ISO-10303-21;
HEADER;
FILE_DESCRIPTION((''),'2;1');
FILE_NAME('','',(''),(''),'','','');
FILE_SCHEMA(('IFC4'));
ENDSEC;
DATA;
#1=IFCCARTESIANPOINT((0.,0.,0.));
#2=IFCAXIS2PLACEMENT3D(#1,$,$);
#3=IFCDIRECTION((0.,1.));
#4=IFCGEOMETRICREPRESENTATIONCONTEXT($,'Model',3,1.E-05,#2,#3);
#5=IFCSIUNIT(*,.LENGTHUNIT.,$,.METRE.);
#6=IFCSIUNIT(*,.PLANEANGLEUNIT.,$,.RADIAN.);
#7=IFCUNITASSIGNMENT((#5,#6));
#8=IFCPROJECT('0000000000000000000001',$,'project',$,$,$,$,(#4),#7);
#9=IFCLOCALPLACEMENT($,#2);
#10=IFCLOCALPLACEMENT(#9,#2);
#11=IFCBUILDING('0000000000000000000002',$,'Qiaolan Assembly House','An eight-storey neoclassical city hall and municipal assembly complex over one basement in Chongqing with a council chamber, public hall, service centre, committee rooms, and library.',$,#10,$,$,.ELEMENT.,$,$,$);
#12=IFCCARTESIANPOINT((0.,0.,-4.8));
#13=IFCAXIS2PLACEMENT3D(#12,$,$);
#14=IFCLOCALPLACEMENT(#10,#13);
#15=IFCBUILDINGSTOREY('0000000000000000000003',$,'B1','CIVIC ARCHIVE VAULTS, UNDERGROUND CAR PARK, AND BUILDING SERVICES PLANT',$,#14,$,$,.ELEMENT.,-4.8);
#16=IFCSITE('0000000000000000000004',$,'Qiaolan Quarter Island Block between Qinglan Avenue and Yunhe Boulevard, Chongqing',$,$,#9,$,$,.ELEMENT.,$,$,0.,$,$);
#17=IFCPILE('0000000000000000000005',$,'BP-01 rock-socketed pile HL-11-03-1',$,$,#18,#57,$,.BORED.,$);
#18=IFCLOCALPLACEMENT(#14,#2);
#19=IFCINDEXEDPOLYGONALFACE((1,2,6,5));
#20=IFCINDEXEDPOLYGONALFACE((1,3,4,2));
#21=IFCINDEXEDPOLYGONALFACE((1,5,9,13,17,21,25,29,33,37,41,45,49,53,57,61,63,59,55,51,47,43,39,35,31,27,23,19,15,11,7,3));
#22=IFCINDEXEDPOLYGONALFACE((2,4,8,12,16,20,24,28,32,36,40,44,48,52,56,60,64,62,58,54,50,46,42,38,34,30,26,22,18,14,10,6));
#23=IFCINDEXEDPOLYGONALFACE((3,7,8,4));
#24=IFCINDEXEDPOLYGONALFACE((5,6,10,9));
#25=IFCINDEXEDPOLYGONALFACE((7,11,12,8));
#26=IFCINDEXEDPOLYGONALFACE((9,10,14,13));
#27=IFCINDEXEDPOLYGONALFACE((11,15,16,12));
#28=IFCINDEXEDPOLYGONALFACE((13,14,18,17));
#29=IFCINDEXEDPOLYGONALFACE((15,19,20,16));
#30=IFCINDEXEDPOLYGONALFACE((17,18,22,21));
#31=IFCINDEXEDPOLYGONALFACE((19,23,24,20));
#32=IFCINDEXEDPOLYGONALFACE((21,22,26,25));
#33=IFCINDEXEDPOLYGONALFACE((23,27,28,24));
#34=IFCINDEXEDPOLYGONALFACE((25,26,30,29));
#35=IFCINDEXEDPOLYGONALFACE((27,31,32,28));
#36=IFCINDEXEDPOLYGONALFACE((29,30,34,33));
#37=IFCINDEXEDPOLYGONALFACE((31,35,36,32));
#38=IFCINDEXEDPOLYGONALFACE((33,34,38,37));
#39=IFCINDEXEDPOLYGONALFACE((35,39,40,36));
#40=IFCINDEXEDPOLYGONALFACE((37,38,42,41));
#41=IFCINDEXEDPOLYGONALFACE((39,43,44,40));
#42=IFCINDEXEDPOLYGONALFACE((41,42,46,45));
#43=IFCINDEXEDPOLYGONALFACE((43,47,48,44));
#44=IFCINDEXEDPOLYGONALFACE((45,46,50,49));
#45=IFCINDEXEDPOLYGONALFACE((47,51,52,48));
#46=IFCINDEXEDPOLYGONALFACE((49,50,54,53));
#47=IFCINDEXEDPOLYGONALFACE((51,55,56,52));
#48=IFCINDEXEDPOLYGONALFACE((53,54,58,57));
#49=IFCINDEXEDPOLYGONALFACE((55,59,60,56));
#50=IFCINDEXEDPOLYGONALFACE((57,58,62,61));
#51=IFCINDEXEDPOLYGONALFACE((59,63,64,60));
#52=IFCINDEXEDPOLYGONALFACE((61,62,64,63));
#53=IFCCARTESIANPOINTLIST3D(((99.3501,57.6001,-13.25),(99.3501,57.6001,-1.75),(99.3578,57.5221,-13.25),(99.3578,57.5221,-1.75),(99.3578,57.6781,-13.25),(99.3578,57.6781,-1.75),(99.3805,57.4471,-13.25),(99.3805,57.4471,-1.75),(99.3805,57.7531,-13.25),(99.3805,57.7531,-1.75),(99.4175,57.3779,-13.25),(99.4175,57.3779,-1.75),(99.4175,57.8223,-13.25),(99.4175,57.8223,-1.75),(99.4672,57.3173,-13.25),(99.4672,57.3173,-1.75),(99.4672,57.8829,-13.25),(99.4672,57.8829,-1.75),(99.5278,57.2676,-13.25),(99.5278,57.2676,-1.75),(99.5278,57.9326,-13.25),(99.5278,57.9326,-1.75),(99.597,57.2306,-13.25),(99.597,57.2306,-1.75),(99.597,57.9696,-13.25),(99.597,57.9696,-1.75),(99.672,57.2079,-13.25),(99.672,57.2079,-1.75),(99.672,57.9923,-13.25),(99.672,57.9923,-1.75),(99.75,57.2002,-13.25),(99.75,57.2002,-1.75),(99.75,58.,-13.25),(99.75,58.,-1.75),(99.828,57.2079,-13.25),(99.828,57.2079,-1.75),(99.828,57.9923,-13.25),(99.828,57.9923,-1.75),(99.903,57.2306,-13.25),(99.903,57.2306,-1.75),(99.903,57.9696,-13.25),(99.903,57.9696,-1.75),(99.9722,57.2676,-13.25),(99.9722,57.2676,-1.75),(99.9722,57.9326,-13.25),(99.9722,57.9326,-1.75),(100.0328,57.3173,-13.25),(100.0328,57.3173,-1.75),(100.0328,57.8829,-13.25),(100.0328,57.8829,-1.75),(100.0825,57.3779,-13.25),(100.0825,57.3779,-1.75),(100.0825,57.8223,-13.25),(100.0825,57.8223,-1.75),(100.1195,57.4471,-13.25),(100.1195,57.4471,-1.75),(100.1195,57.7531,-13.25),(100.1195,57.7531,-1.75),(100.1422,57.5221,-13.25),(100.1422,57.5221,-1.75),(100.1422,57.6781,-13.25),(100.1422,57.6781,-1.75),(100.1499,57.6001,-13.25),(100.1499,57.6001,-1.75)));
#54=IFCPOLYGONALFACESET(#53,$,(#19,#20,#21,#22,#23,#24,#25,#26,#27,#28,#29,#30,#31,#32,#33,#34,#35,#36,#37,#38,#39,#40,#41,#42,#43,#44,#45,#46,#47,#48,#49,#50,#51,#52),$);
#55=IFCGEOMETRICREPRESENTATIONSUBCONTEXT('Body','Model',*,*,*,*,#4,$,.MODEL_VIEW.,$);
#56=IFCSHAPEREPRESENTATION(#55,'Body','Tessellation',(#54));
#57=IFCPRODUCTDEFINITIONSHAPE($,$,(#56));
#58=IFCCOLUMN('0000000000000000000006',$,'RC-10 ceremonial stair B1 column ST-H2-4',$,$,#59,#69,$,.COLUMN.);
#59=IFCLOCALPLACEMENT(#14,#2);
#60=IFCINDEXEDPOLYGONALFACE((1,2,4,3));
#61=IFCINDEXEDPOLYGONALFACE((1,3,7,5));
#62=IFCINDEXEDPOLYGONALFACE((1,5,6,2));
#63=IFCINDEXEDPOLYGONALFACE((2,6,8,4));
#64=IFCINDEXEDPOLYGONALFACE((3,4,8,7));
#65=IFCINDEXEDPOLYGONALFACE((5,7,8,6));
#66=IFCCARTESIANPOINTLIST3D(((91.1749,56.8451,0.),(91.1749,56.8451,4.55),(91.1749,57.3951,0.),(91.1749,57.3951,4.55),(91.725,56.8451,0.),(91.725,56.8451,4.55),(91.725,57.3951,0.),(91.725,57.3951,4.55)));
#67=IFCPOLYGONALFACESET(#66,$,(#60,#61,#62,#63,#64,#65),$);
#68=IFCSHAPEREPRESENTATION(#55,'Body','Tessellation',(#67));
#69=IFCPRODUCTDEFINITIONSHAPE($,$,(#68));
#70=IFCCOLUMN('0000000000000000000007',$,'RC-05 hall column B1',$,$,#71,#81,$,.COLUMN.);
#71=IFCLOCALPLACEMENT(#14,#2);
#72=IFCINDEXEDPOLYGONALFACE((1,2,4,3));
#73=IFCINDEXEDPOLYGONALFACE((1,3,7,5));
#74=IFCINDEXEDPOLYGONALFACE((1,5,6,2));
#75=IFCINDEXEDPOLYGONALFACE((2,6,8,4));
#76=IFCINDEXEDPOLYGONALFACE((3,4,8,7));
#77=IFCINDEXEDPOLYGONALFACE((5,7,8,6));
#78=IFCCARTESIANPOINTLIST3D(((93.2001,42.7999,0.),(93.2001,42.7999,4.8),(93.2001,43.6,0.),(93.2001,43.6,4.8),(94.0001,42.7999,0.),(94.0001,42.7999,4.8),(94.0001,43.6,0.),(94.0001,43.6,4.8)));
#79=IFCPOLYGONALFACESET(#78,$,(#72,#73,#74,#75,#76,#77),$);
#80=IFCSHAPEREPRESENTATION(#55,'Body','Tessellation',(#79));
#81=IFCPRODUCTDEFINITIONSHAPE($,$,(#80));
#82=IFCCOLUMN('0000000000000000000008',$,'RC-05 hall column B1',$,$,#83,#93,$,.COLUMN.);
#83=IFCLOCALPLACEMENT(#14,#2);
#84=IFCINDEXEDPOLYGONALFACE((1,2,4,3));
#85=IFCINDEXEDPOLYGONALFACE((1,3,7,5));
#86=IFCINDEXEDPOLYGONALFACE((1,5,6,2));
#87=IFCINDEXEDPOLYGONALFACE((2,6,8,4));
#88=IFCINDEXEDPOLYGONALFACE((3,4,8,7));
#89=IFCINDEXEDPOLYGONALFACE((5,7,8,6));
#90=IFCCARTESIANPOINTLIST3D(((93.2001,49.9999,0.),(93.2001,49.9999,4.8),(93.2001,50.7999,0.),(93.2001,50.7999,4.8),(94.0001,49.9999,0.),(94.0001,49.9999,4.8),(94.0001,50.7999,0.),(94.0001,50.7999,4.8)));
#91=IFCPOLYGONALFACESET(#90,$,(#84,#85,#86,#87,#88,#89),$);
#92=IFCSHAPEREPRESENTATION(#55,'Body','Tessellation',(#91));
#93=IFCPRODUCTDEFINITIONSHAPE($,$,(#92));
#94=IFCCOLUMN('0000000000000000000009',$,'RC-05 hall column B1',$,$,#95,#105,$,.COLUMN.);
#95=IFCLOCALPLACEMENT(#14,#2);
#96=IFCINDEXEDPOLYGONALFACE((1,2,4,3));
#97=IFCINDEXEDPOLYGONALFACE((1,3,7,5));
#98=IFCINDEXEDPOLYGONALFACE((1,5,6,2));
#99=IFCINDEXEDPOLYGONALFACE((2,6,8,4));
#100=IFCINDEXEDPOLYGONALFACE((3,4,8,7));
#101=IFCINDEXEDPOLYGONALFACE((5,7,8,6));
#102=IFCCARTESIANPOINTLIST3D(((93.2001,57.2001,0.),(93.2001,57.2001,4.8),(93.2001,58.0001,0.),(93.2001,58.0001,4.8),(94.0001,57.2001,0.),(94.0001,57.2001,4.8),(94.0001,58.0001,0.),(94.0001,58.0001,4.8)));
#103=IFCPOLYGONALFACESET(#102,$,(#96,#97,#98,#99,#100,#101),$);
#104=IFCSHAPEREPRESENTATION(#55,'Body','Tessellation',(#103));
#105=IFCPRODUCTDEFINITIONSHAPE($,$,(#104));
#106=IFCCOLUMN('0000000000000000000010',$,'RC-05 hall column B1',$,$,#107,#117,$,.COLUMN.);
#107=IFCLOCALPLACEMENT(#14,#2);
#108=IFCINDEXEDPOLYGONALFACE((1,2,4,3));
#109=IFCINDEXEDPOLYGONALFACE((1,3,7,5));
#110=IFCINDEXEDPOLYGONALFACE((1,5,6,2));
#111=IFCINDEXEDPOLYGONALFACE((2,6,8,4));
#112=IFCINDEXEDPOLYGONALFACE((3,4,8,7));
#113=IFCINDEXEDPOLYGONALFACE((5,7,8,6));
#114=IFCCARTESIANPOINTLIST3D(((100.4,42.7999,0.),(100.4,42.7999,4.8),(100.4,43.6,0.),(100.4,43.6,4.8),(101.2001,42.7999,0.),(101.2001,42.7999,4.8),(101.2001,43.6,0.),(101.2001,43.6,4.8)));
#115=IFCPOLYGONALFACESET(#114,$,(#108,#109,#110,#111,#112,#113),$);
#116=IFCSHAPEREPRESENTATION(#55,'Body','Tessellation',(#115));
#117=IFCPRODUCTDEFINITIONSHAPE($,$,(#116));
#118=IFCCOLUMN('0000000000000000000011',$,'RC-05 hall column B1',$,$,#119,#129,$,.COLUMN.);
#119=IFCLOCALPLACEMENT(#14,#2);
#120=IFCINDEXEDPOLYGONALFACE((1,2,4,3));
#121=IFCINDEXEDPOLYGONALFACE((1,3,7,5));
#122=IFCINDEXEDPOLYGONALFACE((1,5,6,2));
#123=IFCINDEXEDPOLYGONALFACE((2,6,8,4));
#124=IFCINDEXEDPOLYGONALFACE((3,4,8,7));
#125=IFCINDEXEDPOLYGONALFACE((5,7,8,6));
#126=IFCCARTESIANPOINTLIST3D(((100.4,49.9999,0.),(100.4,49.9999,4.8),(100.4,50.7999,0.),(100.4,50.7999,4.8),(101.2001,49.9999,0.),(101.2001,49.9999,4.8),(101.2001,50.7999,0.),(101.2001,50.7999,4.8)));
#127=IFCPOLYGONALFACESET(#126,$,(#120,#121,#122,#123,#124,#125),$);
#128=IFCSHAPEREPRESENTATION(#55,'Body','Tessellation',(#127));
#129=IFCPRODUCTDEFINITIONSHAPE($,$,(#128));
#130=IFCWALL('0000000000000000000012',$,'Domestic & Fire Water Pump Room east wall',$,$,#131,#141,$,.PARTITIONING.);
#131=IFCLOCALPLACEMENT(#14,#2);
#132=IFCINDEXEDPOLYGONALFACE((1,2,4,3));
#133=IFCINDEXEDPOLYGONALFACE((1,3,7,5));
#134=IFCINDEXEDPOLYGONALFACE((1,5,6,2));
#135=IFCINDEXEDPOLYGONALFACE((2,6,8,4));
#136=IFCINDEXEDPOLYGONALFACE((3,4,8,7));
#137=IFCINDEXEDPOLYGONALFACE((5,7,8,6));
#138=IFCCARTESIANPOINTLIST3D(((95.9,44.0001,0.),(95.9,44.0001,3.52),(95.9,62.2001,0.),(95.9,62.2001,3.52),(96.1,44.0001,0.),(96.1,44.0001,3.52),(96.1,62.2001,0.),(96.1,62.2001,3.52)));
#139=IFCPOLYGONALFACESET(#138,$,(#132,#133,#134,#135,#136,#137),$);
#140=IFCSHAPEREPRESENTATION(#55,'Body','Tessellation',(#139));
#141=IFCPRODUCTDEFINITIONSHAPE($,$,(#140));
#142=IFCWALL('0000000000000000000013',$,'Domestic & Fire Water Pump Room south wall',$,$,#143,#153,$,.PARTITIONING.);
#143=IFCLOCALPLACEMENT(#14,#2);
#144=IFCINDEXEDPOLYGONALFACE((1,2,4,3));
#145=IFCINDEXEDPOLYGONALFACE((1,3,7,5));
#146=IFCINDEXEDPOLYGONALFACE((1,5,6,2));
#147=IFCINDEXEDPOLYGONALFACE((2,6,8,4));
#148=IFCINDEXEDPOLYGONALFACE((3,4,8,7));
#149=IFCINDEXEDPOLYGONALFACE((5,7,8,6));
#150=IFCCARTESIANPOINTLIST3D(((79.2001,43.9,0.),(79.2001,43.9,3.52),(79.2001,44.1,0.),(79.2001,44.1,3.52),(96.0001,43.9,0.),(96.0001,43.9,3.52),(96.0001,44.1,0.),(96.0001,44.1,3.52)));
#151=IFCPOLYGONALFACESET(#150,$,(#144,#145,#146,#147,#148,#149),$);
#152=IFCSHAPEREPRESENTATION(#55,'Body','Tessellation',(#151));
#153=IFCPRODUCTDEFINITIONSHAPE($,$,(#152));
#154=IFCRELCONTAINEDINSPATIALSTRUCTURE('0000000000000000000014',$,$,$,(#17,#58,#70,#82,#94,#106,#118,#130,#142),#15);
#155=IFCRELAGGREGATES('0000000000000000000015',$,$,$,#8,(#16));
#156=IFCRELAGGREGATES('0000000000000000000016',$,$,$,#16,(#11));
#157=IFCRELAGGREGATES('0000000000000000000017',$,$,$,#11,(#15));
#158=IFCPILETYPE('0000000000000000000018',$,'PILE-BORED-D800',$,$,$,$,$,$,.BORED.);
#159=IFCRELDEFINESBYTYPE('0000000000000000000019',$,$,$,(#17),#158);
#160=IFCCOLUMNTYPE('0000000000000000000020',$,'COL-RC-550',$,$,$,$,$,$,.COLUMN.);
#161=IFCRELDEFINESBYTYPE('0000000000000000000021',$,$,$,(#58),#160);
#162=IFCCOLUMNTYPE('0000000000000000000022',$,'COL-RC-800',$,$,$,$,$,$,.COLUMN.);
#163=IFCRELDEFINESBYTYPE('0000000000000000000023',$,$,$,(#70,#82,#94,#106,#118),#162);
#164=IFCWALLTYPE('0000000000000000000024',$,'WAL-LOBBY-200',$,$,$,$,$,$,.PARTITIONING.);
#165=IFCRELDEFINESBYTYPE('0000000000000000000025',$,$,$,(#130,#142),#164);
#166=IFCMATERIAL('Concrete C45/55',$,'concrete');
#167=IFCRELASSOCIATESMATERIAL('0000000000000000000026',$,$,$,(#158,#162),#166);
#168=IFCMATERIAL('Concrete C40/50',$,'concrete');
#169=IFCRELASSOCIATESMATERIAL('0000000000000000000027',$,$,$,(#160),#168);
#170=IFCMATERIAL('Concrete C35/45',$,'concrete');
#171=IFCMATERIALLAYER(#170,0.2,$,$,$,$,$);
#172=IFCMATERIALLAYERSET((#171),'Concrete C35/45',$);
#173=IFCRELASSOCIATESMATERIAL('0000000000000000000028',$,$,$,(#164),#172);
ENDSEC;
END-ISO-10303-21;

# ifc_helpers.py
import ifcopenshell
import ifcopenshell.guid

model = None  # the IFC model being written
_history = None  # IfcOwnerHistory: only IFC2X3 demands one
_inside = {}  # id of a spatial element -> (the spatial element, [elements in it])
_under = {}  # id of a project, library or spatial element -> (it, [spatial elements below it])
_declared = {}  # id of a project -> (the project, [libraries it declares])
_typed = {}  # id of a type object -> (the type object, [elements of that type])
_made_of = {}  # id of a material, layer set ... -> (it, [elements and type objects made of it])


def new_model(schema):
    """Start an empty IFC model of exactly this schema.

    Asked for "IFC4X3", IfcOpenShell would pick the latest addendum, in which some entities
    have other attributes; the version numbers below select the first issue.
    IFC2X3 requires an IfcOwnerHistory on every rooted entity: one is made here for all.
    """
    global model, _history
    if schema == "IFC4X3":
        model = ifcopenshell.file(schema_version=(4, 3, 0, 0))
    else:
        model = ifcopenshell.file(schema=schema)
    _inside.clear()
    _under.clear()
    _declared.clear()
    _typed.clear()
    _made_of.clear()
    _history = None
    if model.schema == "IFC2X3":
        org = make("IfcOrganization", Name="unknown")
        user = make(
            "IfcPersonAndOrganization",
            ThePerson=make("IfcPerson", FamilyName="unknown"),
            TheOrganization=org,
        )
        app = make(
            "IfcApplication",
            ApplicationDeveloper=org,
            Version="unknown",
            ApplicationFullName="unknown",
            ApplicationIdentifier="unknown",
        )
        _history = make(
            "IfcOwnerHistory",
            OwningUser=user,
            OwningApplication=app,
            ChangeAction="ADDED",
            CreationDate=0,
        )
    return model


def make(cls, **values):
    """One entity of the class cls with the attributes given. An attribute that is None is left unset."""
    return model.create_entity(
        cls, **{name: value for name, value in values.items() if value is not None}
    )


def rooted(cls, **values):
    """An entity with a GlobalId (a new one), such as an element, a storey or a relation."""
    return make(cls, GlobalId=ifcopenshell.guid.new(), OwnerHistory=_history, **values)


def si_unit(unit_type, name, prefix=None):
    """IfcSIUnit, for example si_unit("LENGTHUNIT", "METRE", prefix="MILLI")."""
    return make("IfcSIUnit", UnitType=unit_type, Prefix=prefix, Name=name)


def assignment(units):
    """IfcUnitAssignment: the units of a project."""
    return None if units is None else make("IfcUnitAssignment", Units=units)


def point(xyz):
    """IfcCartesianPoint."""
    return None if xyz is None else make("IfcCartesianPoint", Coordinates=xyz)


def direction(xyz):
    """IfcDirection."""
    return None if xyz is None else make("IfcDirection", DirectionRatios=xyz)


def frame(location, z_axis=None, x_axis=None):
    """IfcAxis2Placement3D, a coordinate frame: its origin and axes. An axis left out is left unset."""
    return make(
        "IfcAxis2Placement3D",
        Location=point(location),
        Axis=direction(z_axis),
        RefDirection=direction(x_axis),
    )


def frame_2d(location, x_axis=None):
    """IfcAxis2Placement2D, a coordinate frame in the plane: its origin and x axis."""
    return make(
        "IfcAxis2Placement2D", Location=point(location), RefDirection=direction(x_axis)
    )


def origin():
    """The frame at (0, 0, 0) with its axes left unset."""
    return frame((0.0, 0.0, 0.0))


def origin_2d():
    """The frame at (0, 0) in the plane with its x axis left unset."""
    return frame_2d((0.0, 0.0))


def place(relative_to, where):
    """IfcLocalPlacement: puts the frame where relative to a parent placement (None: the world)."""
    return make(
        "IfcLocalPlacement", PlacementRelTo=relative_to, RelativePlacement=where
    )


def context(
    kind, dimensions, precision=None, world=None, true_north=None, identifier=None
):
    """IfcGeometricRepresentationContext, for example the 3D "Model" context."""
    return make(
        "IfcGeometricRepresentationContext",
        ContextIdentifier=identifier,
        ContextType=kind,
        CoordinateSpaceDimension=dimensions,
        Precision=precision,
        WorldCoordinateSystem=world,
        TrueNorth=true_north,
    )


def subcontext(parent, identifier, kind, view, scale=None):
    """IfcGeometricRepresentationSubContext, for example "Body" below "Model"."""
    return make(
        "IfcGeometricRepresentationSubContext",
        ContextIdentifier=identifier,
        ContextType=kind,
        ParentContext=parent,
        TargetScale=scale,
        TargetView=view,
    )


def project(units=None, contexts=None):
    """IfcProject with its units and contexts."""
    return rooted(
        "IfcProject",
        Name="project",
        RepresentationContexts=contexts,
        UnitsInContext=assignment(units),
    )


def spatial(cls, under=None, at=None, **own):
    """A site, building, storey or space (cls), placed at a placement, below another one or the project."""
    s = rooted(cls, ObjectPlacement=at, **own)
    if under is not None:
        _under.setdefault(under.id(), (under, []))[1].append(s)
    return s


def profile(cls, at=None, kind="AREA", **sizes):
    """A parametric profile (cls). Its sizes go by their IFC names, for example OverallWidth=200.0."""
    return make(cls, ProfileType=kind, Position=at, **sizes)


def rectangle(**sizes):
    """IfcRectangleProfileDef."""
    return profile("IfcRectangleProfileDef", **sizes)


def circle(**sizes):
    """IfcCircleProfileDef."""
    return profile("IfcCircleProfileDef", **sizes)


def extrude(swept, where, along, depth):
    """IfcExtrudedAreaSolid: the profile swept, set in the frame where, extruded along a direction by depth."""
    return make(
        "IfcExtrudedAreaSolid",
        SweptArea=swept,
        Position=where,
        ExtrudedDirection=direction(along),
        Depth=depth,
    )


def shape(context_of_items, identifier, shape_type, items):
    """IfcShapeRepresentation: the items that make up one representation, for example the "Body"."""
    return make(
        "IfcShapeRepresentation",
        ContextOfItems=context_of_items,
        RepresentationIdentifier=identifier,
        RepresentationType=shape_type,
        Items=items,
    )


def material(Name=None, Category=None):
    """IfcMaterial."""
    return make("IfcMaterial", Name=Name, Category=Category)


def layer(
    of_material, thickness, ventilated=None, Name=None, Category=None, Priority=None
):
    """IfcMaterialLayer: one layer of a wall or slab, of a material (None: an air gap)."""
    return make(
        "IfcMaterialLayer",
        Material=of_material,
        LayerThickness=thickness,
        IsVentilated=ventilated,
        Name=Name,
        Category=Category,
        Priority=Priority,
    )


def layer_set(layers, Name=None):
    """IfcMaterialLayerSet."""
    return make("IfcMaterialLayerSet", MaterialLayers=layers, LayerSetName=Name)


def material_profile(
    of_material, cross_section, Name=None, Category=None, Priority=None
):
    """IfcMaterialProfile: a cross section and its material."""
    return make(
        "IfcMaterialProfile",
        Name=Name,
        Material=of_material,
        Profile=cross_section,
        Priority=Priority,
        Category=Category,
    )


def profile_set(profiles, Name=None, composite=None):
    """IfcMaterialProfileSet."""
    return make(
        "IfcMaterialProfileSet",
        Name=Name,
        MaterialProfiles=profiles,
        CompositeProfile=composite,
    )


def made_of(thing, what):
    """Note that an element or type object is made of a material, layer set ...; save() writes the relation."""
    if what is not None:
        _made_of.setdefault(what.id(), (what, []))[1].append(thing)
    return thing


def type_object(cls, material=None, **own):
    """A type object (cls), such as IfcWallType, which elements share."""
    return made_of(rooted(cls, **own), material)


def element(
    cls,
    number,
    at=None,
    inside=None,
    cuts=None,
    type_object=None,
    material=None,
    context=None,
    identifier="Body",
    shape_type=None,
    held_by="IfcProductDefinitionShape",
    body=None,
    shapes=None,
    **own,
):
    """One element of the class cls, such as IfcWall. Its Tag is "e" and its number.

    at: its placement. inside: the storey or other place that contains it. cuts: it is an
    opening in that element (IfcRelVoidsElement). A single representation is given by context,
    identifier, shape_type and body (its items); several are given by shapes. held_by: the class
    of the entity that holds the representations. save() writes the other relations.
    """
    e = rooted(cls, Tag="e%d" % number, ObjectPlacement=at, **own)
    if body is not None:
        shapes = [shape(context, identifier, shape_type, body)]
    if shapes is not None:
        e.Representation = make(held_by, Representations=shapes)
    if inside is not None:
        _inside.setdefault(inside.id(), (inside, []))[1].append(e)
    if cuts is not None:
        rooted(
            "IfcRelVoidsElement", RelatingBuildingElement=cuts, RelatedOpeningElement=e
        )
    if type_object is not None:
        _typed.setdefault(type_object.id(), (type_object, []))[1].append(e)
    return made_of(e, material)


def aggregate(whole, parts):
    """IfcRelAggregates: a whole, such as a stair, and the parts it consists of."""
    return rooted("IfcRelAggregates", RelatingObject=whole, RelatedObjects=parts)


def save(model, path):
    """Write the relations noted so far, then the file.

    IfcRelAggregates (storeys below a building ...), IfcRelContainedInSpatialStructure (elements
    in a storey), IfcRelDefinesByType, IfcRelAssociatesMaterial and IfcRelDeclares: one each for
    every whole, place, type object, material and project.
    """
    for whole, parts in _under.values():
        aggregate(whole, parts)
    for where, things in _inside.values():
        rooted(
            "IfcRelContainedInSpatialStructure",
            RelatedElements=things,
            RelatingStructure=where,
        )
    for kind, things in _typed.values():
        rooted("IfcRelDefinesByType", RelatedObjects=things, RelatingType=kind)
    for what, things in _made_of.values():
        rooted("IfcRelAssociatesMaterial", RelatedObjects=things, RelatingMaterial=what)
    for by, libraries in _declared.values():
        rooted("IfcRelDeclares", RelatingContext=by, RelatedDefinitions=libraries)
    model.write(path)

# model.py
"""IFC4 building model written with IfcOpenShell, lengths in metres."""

from ifc_helpers import new_model, si_unit, direction, frame, frame_2d, origin, origin_2d, place, context, subcontext, project, spatial, rectangle, circle, extrude, material, layer, layer_set, material_profile, profile_set, type_object, element, save


model = new_model("IFC4")

# Units and contexts
model_context = context("Model", 3, precision=1e-05, world=origin(), true_north=direction((0.0, 1.0)))
body_context = subcontext(model_context, "Body", "Model", "MODEL_VIEW")
ifc_project = project(units=[si_unit("LENGTHUNIT", "METRE"), si_unit("PLANEANGLEUNIT", "RADIAN")], contexts=[model_context])

# Site, building, storey
site_placement = place(None, origin())
site = spatial("IfcSite", under=ifc_project, at=site_placement, Name="Qiaolan Quarter Island Block between Qinglan Avenue and Yunhe Boulevard, Chongqing", CompositionType="ELEMENT", RefElevation=0.0)
building_placement = place(site_placement, origin())
building = spatial("IfcBuilding", under=site, at=building_placement, Name="Qiaolan Assembly House", Description="An eight-storey neoclassical city hall and municipal assembly complex over one basement in Chongqing with a council chamber, public hall, service centre, committee rooms, and library.", CompositionType="ELEMENT")
storey_placement = place(building_placement, frame((0.0, 0.0, -4.8)))
storey = spatial("IfcBuildingStorey", under=building, at=storey_placement, Name="B1", Description="CIVIC ARCHIVE VAULTS, UNDERGROUND CAR PARK, AND BUILDING SERVICES PLANT", CompositionType="ELEMENT", Elevation=-4.8)

# Shared definitions
ifc_material_1 = material(Name="Concrete C40/50", Category="concrete")

# Pile
ifc_material_2 = material(Name="Concrete C45/55", Category="concrete")
ifc_material_profile_1 = material_profile(ifc_material_2, circle(Radius=0.3999, at=origin_2d()), Name="PILE D800")
ifc_profile_set_1 = profile_set([ifc_material_profile_1], Name="Concrete C45/55")
pile_type = type_object("IfcPileType", Name="PILE-BORED-D800", PredefinedType="BORED", material=ifc_profile_set_1)
for number, where, z_axis, x_axis, name in (
    (1, (99.75, 57.6001, -1.75), (0.0, 0.0, -1.0), (1.0, 0.0, 0.0), "BP-01 rock-socketed pile HL-11-03-1"),
):
    element("IfcPile", number, at=place(storey_placement, frame(where, z_axis=z_axis, x_axis=x_axis)), inside=storey, type_object=pile_type, Name=name, PredefinedType="BORED", context=body_context, shape_type="SweptSolid", body=[
        extrude(circle(Radius=0.3999, at=origin_2d()), origin(), (0.0, 0.0, 1.0), 11.5),
    ])

# Columns
ifc_material_profile_2 = material_profile(ifc_material_1, rectangle(XDim=0.55, YDim=0.55, at=origin_2d()), Name="RC 550x550")
ifc_profile_set_2 = profile_set([ifc_material_profile_2], Name="Concrete C40/50")
column_type_1 = type_object("IfcColumnType", Name="COL-RC-550", PredefinedType="COLUMN", material=ifc_profile_set_2)
column_placement = place(storey_placement, frame((91.45, 57.1201, 0.0), z_axis=(0.0, 0.0, 1.0), x_axis=(1.0, 0.0, 0.0)))
element("IfcColumn", 2, at=column_placement, inside=storey, type_object=column_type_1, Name="RC-10 ceremonial stair B1 column ST-H2-4", PredefinedType="COLUMN", context=body_context, shape_type="SweptSolid", body=[
    extrude(rectangle(XDim=0.55, YDim=0.55, at=origin_2d()), origin(), (0.0, 0.0, 1.0), 4.55),
])
ifc_material_profile_3 = material_profile(ifc_material_2, rectangle(XDim=0.8, YDim=0.8, at=origin_2d()), Name="RC 800x800")
ifc_profile_set_3 = profile_set([ifc_material_profile_3], Name="Concrete C45/55")
column_type_2 = type_object("IfcColumnType", Name="COL-RC-800", PredefinedType="COLUMN", material=ifc_profile_set_3)
for number, where, z_axis, x_axis, name in (
    (3, (93.6001, 43.2, 0.0), (0.0, 0.0, 1.0), (1.0, 0.0, 0.0), "RC-05 hall column B1"),
    (4, (93.6001, 50.3999, 0.0), (0.0, 0.0, 1.0), (1.0, 0.0, 0.0), "RC-05 hall column B1"),
    (5, (93.6001, 57.6001, 0.0), (0.0, 0.0, 1.0), (1.0, 0.0, 0.0), "RC-05 hall column B1"),
    (6, (100.8, 43.2, 0.0), (0.0, 0.0, 1.0), (1.0, 0.0, 0.0), "RC-05 hall column B1"),
    (7, (100.8, 50.3999, 0.0), (0.0, 0.0, 1.0), (1.0, 0.0, 0.0), "RC-05 hall column B1"),
):
    element("IfcColumn", number, at=place(storey_placement, frame(where, z_axis=z_axis, x_axis=x_axis)), inside=storey, type_object=column_type_2, Name=name, PredefinedType="COLUMN", context=body_context, shape_type="SweptSolid", body=[
        extrude(rectangle(XDim=0.8, YDim=0.8, at=origin_2d()), origin(), (0.0, 0.0, 1.0), 4.8),
    ])

# Walls
ifc_material_3 = material(Name="Concrete C35/45", Category="concrete")
ifc_layer = layer(ifc_material_3, 0.2)
ifc_layer_set = layer_set([ifc_layer], Name="Concrete C35/45")
wall_type = type_object("IfcWallType", Name="WAL-LOBBY-200", PredefinedType="PARTITIONING", material=ifc_layer_set)
wall_1_placement = place(storey_placement, frame((96.0, 44.0, 0.0), z_axis=(0.0, 0.0, 1.0), x_axis=(0.0, 1.0, 0.0)))
element("IfcWall", 8, at=wall_1_placement, inside=storey, type_object=wall_type, Name="Domestic & Fire Water Pump Room east wall", PredefinedType="PARTITIONING", context=body_context, shape_type="SweptSolid", body=[
    extrude(rectangle(XDim=18.2, YDim=0.2, at=frame_2d((9.1001, 0.0))), origin(), (0.0, 0.0, 1.0), 3.52),
])
wall_2_placement = place(storey_placement, frame((96.0, 44.0, 0.0), z_axis=(0.0, 0.0, 1.0), x_axis=(-1.0, 0.0, 0.0)))
element("IfcWall", 9, at=wall_2_placement, inside=storey, type_object=wall_type, Name="Domestic & Fire Water Pump Room south wall", PredefinedType="PARTITIONING", context=body_context, shape_type="SweptSolid", body=[
    extrude(rectangle(XDim=16.8, YDim=0.2, at=frame_2d((8.3999, 0.0))), origin(), (0.0, 0.0, 1.0), 3.52),
])

save(model, "model.ifc")
